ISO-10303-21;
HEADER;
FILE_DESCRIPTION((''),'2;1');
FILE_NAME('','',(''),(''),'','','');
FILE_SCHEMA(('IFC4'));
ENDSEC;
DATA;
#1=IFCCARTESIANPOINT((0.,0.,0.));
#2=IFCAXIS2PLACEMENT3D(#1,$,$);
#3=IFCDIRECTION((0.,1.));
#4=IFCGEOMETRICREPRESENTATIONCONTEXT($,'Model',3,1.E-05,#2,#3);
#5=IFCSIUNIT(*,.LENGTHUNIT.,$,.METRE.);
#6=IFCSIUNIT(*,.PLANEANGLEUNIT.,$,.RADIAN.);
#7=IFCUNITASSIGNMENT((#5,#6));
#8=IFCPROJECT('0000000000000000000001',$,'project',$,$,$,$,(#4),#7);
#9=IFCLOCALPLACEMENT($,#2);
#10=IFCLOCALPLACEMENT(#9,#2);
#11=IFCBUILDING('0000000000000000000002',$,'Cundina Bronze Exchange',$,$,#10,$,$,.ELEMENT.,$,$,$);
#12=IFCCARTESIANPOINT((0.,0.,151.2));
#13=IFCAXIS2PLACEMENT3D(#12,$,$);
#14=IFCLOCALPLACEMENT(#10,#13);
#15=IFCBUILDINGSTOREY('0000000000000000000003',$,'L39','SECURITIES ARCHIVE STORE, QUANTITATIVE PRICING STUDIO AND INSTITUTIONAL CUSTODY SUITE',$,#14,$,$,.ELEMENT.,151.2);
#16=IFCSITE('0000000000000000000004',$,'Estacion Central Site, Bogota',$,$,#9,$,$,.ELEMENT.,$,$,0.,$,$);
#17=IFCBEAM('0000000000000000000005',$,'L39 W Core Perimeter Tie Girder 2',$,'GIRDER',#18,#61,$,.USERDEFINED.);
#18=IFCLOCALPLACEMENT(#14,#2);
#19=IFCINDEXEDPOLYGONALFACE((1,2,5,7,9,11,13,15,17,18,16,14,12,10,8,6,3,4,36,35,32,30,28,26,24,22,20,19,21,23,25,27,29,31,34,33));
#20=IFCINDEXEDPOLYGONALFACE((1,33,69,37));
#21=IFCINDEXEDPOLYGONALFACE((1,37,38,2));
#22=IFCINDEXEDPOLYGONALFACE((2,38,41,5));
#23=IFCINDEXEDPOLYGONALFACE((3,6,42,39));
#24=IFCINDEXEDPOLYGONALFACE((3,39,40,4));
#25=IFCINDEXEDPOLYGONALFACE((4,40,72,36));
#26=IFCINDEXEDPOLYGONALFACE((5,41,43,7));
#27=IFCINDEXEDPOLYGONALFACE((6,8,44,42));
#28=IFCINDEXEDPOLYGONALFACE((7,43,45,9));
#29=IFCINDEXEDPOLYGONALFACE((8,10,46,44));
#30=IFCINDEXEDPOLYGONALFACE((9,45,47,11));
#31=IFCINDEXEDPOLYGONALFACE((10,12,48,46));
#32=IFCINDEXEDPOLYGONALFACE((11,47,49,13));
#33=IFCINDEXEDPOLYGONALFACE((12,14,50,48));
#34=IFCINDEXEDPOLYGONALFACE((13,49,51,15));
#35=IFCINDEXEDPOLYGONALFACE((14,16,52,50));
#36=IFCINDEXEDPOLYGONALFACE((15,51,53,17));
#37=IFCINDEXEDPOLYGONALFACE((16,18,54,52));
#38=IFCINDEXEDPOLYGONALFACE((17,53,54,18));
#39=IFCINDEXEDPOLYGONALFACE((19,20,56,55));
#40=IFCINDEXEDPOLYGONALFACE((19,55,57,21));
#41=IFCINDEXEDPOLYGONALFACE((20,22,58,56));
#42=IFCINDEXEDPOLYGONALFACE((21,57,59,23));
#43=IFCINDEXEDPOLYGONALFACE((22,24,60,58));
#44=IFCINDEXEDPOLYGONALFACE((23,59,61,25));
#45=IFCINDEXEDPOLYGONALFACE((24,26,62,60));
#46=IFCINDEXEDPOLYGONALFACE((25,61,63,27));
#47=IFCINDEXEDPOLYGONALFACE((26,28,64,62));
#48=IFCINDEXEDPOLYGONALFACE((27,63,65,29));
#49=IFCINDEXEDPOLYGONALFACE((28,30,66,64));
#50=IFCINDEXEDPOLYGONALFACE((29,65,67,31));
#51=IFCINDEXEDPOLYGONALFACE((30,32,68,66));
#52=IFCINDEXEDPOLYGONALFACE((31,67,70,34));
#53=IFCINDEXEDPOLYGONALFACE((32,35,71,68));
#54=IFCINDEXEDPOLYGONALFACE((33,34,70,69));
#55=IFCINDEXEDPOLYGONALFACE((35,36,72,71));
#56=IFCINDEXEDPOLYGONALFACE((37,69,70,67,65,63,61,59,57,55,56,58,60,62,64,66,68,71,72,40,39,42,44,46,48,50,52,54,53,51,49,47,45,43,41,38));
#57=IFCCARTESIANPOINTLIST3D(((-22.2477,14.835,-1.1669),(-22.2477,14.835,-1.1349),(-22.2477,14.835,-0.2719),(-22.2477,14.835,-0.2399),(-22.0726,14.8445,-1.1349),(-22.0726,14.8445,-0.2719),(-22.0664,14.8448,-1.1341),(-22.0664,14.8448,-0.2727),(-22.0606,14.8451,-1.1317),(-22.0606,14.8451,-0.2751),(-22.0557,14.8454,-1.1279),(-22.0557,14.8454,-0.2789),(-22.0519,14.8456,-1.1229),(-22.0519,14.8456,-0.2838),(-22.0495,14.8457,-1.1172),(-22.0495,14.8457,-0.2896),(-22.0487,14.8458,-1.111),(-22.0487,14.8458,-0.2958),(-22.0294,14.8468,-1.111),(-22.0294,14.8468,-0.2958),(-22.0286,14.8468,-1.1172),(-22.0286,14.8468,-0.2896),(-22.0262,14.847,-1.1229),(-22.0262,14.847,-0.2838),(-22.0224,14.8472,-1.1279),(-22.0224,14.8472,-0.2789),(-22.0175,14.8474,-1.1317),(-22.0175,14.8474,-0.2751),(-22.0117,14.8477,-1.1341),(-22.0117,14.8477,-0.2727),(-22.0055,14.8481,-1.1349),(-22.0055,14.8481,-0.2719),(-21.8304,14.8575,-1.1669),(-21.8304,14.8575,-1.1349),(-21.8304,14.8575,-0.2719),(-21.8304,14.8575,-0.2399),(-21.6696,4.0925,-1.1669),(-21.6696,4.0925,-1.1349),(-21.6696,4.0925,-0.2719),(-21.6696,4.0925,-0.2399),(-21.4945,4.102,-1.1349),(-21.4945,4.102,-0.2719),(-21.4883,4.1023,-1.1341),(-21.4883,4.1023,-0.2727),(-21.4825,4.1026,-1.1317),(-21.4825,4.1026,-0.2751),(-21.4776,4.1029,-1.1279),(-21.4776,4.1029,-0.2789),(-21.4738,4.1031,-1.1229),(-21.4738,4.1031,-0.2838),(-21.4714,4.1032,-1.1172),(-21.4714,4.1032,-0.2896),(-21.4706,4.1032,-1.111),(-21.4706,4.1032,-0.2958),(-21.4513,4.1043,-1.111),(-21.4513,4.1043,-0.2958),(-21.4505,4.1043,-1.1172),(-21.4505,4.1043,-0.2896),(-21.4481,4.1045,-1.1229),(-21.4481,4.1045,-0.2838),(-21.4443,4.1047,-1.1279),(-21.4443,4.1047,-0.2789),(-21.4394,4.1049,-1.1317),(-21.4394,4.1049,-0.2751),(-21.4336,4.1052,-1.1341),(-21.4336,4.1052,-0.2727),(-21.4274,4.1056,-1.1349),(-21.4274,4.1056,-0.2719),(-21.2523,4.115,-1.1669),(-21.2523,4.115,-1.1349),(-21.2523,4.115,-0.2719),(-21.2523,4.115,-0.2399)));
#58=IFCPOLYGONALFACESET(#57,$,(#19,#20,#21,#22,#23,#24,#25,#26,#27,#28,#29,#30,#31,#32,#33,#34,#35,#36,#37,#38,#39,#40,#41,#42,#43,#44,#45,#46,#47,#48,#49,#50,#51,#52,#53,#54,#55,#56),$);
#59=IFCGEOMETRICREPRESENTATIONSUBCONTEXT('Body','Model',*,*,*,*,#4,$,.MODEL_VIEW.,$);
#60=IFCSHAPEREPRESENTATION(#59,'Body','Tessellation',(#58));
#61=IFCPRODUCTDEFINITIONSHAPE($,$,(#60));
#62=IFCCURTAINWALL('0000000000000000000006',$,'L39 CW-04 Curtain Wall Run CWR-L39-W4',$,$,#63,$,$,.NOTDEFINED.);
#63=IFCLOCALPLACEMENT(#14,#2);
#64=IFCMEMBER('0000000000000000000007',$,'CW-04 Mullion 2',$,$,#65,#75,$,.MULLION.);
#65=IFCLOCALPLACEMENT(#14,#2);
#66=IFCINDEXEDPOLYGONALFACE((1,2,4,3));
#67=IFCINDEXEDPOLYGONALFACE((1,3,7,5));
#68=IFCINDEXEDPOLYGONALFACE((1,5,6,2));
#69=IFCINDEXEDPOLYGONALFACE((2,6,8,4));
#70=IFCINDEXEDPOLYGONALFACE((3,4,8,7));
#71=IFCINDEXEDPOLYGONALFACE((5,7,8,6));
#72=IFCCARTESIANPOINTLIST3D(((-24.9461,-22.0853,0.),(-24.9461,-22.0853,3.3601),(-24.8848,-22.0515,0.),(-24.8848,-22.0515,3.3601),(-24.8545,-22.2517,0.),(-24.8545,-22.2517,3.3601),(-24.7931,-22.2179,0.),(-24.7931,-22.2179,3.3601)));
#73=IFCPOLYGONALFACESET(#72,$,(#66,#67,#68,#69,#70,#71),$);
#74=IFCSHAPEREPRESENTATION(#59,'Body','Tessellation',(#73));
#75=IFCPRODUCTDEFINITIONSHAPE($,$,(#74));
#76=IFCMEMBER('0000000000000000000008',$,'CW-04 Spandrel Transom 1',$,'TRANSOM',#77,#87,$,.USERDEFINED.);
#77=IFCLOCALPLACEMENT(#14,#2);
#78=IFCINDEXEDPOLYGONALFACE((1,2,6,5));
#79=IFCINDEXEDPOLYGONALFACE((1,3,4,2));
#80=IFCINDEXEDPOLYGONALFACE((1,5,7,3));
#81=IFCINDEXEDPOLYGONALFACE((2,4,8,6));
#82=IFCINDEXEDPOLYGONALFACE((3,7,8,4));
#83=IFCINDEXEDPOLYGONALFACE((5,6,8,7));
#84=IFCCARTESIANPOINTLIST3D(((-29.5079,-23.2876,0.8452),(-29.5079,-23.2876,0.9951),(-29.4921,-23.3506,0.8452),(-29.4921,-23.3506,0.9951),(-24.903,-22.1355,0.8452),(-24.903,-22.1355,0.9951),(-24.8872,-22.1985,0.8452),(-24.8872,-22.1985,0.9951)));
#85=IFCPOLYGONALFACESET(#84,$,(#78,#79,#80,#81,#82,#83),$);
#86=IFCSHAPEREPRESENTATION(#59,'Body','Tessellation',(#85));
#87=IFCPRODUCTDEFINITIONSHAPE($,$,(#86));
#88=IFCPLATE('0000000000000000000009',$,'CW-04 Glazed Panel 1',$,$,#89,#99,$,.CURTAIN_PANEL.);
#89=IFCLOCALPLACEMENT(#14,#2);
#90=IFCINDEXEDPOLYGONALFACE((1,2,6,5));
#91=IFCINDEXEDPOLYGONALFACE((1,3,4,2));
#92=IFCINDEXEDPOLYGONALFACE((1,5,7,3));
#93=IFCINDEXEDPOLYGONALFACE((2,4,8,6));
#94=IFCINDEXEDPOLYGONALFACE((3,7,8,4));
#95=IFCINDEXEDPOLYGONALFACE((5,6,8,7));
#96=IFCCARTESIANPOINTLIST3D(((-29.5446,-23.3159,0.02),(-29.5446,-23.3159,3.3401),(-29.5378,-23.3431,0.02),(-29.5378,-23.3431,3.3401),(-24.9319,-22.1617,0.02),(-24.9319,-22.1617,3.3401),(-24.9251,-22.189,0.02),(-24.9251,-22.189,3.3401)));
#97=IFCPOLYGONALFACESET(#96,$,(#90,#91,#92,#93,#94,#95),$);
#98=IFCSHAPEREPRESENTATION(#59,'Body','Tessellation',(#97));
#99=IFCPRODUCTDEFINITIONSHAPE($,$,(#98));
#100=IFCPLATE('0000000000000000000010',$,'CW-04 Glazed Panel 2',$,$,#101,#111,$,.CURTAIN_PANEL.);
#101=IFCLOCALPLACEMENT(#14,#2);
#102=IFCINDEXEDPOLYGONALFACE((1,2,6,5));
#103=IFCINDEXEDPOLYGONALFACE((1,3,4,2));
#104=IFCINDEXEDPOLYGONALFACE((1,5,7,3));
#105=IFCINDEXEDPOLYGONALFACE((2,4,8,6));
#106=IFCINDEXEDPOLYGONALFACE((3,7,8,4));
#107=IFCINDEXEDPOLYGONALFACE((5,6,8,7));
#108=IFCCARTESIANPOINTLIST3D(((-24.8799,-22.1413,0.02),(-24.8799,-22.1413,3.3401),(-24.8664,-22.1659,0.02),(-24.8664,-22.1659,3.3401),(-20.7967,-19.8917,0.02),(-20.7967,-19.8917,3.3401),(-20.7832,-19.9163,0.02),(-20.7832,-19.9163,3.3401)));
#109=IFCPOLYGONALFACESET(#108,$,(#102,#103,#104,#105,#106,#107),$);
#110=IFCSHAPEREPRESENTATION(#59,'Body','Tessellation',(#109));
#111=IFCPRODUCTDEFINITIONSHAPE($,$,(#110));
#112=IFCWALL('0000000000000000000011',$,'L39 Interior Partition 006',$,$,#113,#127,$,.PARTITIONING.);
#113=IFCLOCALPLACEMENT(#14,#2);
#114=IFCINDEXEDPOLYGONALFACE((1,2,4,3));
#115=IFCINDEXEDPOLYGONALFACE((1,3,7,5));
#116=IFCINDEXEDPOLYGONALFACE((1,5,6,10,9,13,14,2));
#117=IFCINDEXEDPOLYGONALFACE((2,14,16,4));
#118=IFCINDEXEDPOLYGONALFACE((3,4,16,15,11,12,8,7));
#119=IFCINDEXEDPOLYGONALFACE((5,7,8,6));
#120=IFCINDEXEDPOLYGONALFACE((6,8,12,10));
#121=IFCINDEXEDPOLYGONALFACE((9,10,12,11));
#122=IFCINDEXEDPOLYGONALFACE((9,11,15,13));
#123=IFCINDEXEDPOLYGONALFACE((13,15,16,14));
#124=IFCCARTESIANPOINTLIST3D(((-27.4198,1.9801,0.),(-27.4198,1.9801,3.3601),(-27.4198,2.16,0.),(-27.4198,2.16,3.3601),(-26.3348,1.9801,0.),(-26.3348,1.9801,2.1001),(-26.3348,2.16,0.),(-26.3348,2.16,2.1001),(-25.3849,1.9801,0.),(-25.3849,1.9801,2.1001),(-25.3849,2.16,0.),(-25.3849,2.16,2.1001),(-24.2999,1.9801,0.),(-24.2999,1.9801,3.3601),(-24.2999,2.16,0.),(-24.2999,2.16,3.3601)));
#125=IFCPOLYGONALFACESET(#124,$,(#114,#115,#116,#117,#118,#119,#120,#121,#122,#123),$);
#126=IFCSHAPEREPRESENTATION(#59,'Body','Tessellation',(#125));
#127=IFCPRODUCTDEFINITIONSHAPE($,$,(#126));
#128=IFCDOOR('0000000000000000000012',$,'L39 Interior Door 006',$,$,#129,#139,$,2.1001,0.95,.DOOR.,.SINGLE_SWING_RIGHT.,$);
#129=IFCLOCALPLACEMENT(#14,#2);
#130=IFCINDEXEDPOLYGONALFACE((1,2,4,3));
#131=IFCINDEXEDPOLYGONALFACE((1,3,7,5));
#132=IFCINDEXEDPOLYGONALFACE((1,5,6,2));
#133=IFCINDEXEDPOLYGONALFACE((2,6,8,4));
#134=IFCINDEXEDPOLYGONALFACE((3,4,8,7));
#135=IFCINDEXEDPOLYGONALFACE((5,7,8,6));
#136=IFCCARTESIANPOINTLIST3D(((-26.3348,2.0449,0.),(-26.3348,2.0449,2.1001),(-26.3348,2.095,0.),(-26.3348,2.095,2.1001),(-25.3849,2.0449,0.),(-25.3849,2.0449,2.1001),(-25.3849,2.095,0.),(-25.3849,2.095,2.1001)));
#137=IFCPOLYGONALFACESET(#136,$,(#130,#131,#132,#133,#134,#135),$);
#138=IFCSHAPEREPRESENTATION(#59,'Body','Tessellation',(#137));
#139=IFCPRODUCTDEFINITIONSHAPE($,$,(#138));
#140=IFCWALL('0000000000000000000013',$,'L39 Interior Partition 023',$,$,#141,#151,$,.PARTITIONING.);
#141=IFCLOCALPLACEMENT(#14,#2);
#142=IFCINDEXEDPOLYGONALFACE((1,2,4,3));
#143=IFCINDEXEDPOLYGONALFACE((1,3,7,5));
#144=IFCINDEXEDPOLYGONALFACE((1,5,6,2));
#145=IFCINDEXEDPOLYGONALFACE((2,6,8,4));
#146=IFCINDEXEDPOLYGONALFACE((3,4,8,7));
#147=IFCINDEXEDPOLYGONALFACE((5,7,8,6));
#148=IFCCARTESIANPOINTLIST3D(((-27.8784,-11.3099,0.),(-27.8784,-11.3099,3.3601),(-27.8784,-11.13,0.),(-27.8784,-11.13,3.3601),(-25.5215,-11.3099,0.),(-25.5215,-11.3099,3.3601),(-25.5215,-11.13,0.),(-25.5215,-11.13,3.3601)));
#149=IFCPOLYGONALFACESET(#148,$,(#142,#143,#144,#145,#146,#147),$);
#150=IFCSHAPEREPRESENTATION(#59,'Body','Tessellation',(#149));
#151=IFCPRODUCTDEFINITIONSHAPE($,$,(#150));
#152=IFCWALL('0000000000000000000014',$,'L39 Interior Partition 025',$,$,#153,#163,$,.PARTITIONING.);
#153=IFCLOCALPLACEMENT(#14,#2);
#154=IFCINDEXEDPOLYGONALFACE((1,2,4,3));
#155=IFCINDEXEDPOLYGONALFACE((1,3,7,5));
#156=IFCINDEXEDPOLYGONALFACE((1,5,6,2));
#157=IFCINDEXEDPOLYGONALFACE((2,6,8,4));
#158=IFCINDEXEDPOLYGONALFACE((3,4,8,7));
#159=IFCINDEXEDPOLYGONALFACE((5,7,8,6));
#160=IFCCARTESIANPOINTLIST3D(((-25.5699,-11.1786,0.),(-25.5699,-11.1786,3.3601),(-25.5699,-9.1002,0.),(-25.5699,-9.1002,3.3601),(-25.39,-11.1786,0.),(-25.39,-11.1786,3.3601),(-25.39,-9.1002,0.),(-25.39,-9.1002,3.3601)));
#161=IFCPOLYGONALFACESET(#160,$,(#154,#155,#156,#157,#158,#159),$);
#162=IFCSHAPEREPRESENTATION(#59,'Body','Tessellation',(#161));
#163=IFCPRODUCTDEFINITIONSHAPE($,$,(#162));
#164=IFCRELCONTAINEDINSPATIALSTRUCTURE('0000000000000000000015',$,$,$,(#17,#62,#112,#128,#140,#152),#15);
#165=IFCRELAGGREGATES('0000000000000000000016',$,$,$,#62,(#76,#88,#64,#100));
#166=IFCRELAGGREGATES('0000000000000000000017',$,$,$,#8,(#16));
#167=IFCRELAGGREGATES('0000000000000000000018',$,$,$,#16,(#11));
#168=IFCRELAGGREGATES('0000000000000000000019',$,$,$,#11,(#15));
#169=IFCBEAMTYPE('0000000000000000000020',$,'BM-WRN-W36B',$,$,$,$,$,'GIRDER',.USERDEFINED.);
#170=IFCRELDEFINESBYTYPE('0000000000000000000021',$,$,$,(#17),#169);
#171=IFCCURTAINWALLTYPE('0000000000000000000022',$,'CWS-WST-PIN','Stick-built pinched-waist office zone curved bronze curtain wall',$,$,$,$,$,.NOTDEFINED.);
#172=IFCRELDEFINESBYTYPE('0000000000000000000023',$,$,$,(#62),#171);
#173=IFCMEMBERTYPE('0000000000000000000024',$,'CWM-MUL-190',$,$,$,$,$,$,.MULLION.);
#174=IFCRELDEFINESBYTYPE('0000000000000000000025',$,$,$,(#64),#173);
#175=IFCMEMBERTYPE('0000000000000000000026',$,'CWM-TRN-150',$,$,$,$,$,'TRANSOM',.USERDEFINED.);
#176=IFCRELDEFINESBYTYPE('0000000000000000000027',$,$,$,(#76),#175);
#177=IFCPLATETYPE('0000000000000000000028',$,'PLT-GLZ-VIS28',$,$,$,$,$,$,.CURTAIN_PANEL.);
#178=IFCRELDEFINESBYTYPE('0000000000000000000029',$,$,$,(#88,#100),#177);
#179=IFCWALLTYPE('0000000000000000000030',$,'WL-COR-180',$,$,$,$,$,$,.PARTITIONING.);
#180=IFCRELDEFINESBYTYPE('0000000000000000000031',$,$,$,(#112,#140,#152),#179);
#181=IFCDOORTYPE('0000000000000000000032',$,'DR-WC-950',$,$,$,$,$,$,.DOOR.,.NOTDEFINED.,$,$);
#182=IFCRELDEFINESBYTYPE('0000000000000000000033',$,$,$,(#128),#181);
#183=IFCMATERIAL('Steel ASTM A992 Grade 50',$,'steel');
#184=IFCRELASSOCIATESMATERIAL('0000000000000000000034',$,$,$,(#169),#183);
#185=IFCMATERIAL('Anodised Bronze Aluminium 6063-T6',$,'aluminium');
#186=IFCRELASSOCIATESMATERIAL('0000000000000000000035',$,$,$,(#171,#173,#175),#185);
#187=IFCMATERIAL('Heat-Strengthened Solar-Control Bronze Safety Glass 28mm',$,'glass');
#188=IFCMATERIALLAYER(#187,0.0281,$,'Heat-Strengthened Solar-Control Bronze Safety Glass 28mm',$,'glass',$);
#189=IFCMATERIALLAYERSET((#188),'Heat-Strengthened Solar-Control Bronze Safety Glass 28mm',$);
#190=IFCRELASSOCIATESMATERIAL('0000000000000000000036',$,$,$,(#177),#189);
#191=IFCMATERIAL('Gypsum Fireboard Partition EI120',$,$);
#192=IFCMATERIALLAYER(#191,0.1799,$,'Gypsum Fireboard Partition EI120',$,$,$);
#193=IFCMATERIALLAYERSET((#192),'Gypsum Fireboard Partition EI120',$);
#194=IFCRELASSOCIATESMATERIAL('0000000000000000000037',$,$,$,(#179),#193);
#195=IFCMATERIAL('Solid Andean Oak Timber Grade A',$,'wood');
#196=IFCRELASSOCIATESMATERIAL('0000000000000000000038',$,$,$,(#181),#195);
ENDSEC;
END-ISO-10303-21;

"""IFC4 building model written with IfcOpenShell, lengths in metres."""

from ifc_helpers import new_model, si_unit, direction, frame, frame_2d, origin, origin_2d, place, context, subcontext, project, spatial, rectangle, i_section, extrude, material, layer, layer_set, material_profile, profile_set, type_object, element, fill, aggregate, save


model = new_model("IFC4")

# Units and contexts
model_context = context("Model", 3, precision=1e-05, world=origin(), true_north=direction((0.0, 1.0)))
body_context = subcontext(model_context, "Body", "Model", "MODEL_VIEW")
ifc_project = project(units=[si_unit("LENGTHUNIT", "METRE"), si_unit("PLANEANGLEUNIT", "RADIAN")], contexts=[model_context])

# Site, building, storey
site_placement = place(None, origin())
site = spatial("IfcSite", under=ifc_project, at=site_placement, Name="Estacion Central Site, Bogota", CompositionType="ELEMENT", RefElevation=0.0)
building_placement = place(site_placement, origin())
building = spatial("IfcBuilding", under=site, at=building_placement, Name="Cundina Bronze Exchange", CompositionType="ELEMENT")
storey_placement = place(building_placement, frame((0.0, 0.0, 151.2)))
storey = spatial("IfcBuildingStorey", under=building, at=storey_placement, Name="L39", Description="SECURITIES ARCHIVE STORE, QUANTITATIVE PRICING STUDIO AND INSTITUTIONAL CUSTODY SUITE", CompositionType="ELEMENT", Elevation=151.2)

# Shared definitions
ifc_material_1 = material(Name="Steel ASTM A992 Grade 50", Category="steel")

# Beam
ifc_material_profile_1 = material_profile(ifc_material_1, i_section(OverallWidth=0.418, OverallDepth=0.927, WebThickness=0.0193, FlangeThickness=0.032, FilletRadius=0.0239, at=origin_2d()), Name="W36X231", Category="steel")
ifc_profile_set_1 = profile_set([ifc_material_profile_1], Name="Steel ASTM A992 Grade 50")
beam_type_1 = type_object("IfcBeamType", Name="BM-WRN-W36B", ElementType="GIRDER", PredefinedType="USERDEFINED", material=ifc_profile_set_1)
beam_1_placement = place(storey_placement, frame((-21.4609, 4.1038, -0.7034), z_axis=(-0.053739, 0.998555, 0.0), x_axis=(-0.998555, -0.053739, 0.0)))
element("IfcBeam", 1, at=beam_1_placement, inside=storey, type_object=beam_type_1, Name="L39 W Core Perimeter Tie Girder 2", ObjectType="GIRDER", PredefinedType="USERDEFINED", context=body_context, shape_type="SweptSolid", body=[
    extrude(i_section(OverallWidth=0.418, OverallDepth=0.927, WebThickness=0.0193, FlangeThickness=0.032, FilletRadius=0.0239, at=origin_2d()), origin(), (0.0, 0.0, 1.0), 10.7581),
])

# Curtain wall, members, plates
ifc_material_2 = material(Name="Anodised Bronze Aluminium 6063-T6", Category="aluminium")
curtain_wall_type = type_object("IfcCurtainWallType", Name="CWS-WST-PIN", Description="Stick-built pinched-waist office zone curved bronze curtain wall", PredefinedType="NOTDEFINED", material=ifc_material_2)
curtain_wall_placement = place(storey_placement, origin())
curtain_wall = element("IfcCurtainWall", 2, at=curtain_wall_placement, inside=storey, type_object=curtain_wall_type, Name="L39 CW-04 Curtain Wall Run CWR-L39-W4", PredefinedType="NOTDEFINED")
ifc_material_profile_2 = material_profile(ifc_material_2, rectangle(XDim=0.0701, YDim=0.1899, at=origin_2d()), Name="AL70X190", Category="aluminium")
ifc_profile_set_2 = profile_set([ifc_material_profile_2], Name="Anodised Bronze Aluminium 6063-T6")
member_type_1 = type_object("IfcMemberType", Name="CWM-MUL-190", PredefinedType="MULLION", material=ifc_profile_set_2)
member_1_placement = place(storey_placement, frame((-24.8696, -22.1516, 0.0), z_axis=(0.0, 0.0, 1.0), x_axis=(0.875886, 0.482518, 0.0)))
member_1 = element("IfcMember", 3, at=member_1_placement, type_object=member_type_1, Name="CW-04 Mullion 2", PredefinedType="MULLION", context=body_context, shape_type="SweptSolid", body=[
    extrude(rectangle(XDim=0.0701, YDim=0.1899, at=origin_2d()), origin(), (0.0, 0.0, 1.0), 3.3601),
])
ifc_material_profile_3 = material_profile(ifc_material_2, rectangle(XDim=0.0649, YDim=0.1499, at=origin_2d()), Name="AL65X150", Category="aluminium")
ifc_profile_set_3 = profile_set([ifc_material_profile_3], Name="Anodised Bronze Aluminium 6063-T6")
member_type_2 = type_object("IfcMemberType", Name="CWM-TRN-150", ElementType="TRANSOM", PredefinedType="USERDEFINED", material=ifc_profile_set_3)
member_2_placement = place(storey_placement, frame((-29.5, -23.3191, 0.9202), z_axis=(0.9701, 0.242705, 0.0), x_axis=(-0.242705, 0.9701, 0.0)))
member_2 = element("IfcMember", 4, at=member_2_placement, type_object=member_type_2, Name="CW-04 Spandrel Transom 1", ObjectType="TRANSOM", PredefinedType="USERDEFINED", context=body_context, shape_type="SweptSolid", body=[
    extrude(rectangle(XDim=0.0649, YDim=0.1499, at=origin_2d()), origin(), (0.0, 0.0, 1.0), 4.7468),
])
ifc_material_3 = material(Name="Heat-Strengthened Solar-Control Bronze Safety Glass 28mm", Category="glass")
ifc_layer_1 = layer(ifc_material_3, 0.0281, Name="Heat-Strengthened Solar-Control Bronze Safety Glass 28mm", Category="glass")
ifc_layer_set_1 = layer_set([ifc_layer_1], Name="Heat-Strengthened Solar-Control Bronze Safety Glass 28mm")
plate_type = type_object("IfcPlateType", Name="PLT-GLZ-VIS28", PredefinedType="CURTAIN_PANEL", material=ifc_layer_set_1)
plate_1_placement = place(storey_placement, frame((-27.2349, -22.7524, 0.02), z_axis=(0.0, 0.0, 1.0), x_axis=(0.970093, 0.242735, 0.0)))
plate_1 = element("IfcPlate", 5, at=plate_1_placement, type_object=plate_type, Name="CW-04 Glazed Panel 1", PredefinedType="CURTAIN_PANEL", context=body_context, shape_type="SweptSolid", body=[
    extrude(rectangle(XDim=4.7549, YDim=0.0281, at=origin_2d()), origin(), (0.0, 0.0, 1.0), 3.3201),
])
plate_2_placement = place(storey_placement, frame((-22.8315, -21.0288, 0.02), z_axis=(0.0, 0.0, 1.0), x_axis=(0.875869, 0.482549, 0.0)))
plate_2 = element("IfcPlate", 6, at=plate_2_placement, type_object=plate_type, Name="CW-04 Glazed Panel 2", PredefinedType="CURTAIN_PANEL", context=body_context, shape_type="SweptSolid", body=[
    extrude(rectangle(XDim=4.6619, YDim=0.0281, at=origin_2d()), origin(), (0.0, 0.0, 1.0), 3.3201),
])
aggregate(curtain_wall, [member_2, plate_1, member_1, plate_2])

# Wall, opening, door
ifc_material_4 = material(Name="Gypsum Fireboard Partition EI120")
ifc_layer_2 = layer(ifc_material_4, 0.1799, Name="Gypsum Fireboard Partition EI120")
ifc_layer_set_2 = layer_set([ifc_layer_2], Name="Gypsum Fireboard Partition EI120")
wall_type_1 = type_object("IfcWallType", Name="WL-COR-180", PredefinedType="PARTITIONING", material=ifc_layer_set_2)
wall_1_placement = place(storey_placement, frame((-27.4199, 2.0701, 0.0), z_axis=(0.0, 0.0, 1.0), x_axis=(1.0, 0.0, 0.0)))
wall_1 = element("IfcWall", 7, at=wall_1_placement, inside=storey, type_object=wall_type_1, Name="L39 Interior Partition 006", PredefinedType="PARTITIONING", context=body_context, shape_type="SweptSolid", body=[
    extrude(rectangle(XDim=3.1199, YDim=0.1799, at=frame_2d((1.5601, 0.0))), origin(), (0.0, 0.0, 1.0), 3.3601),
])
opening_1_placement = place(wall_1_placement, frame((1.085, 0.0, 0.0)))
opening_1 = element("IfcOpeningElement", 8, at=opening_1_placement, cuts=wall_1, PredefinedType="OPENING", context=body_context, shape_type="SweptSolid", body=[
    extrude(rectangle(XDim=0.95, YDim=2.1001, at=frame_2d((0.4751, 1.05))), frame((0.0, 0.0999, 0.0), z_axis=(0.0, -1.0, 0.0), x_axis=(1.0, 0.0, 0.0)), (0.0, 0.0, 1.0), 0.2),
])
ifc_material_5 = material(Name="Solid Andean Oak Timber Grade A", Category="wood")
door_type_1 = type_object("IfcDoorType", Name="DR-WC-950", OperationType="NOTDEFINED", PredefinedType="DOOR", material=ifc_material_5)
door_1_placement = place(opening_1_placement, origin())
door_1 = element("IfcDoor", 9, at=door_1_placement, inside=storey, type_object=door_type_1, Name="L39 Interior Door 006", OperationType="SINGLE_SWING_RIGHT", OverallHeight=2.1001, OverallWidth=0.95, PredefinedType="DOOR", context=body_context, shape_type="SweptSolid", body=[
    extrude(rectangle(XDim=0.95, YDim=2.1001, at=frame_2d((0.4751, 1.05))), frame((0.0, 0.0249, 0.0), z_axis=(0.0, -1.0, 0.0), x_axis=(1.0, 0.0, 0.0)), (0.0, 0.0, 1.0), 0.05),
])
fill(opening_1, door_1)

# Wall
wall_2_placement = place(storey_placement, frame((-27.8784, -11.22, 0.0), z_axis=(0.0, 0.0, 1.0), x_axis=(1.0, 0.0, 0.0)))
element("IfcWall", 10, at=wall_2_placement, inside=storey, type_object=wall_type_1, Name="L39 Interior Partition 023", PredefinedType="PARTITIONING", context=body_context, shape_type="SweptSolid", body=[
    extrude(rectangle(XDim=2.3569, YDim=0.1799, at=frame_2d((1.1785, 0.0))), origin(), (0.0, 0.0, 1.0), 3.3601),
])

# Wall
wall_3_placement = place(storey_placement, frame((-25.48, -11.1785, 0.0), z_axis=(0.0, 0.0, 1.0), x_axis=(0.0, 1.0, 0.0)))
element("IfcWall", 11, at=wall_3_placement, inside=storey, type_object=wall_type_1, Name="L39 Interior Partition 025", PredefinedType="PARTITIONING", context=body_context, shape_type="SweptSolid", body=[
    extrude(rectangle(XDim=2.0784, YDim=0.1799, at=frame_2d((1.0391, 0.0))), origin(), (0.0, 0.0, 1.0), 3.3601),
])

save(model, "model.ifc")
